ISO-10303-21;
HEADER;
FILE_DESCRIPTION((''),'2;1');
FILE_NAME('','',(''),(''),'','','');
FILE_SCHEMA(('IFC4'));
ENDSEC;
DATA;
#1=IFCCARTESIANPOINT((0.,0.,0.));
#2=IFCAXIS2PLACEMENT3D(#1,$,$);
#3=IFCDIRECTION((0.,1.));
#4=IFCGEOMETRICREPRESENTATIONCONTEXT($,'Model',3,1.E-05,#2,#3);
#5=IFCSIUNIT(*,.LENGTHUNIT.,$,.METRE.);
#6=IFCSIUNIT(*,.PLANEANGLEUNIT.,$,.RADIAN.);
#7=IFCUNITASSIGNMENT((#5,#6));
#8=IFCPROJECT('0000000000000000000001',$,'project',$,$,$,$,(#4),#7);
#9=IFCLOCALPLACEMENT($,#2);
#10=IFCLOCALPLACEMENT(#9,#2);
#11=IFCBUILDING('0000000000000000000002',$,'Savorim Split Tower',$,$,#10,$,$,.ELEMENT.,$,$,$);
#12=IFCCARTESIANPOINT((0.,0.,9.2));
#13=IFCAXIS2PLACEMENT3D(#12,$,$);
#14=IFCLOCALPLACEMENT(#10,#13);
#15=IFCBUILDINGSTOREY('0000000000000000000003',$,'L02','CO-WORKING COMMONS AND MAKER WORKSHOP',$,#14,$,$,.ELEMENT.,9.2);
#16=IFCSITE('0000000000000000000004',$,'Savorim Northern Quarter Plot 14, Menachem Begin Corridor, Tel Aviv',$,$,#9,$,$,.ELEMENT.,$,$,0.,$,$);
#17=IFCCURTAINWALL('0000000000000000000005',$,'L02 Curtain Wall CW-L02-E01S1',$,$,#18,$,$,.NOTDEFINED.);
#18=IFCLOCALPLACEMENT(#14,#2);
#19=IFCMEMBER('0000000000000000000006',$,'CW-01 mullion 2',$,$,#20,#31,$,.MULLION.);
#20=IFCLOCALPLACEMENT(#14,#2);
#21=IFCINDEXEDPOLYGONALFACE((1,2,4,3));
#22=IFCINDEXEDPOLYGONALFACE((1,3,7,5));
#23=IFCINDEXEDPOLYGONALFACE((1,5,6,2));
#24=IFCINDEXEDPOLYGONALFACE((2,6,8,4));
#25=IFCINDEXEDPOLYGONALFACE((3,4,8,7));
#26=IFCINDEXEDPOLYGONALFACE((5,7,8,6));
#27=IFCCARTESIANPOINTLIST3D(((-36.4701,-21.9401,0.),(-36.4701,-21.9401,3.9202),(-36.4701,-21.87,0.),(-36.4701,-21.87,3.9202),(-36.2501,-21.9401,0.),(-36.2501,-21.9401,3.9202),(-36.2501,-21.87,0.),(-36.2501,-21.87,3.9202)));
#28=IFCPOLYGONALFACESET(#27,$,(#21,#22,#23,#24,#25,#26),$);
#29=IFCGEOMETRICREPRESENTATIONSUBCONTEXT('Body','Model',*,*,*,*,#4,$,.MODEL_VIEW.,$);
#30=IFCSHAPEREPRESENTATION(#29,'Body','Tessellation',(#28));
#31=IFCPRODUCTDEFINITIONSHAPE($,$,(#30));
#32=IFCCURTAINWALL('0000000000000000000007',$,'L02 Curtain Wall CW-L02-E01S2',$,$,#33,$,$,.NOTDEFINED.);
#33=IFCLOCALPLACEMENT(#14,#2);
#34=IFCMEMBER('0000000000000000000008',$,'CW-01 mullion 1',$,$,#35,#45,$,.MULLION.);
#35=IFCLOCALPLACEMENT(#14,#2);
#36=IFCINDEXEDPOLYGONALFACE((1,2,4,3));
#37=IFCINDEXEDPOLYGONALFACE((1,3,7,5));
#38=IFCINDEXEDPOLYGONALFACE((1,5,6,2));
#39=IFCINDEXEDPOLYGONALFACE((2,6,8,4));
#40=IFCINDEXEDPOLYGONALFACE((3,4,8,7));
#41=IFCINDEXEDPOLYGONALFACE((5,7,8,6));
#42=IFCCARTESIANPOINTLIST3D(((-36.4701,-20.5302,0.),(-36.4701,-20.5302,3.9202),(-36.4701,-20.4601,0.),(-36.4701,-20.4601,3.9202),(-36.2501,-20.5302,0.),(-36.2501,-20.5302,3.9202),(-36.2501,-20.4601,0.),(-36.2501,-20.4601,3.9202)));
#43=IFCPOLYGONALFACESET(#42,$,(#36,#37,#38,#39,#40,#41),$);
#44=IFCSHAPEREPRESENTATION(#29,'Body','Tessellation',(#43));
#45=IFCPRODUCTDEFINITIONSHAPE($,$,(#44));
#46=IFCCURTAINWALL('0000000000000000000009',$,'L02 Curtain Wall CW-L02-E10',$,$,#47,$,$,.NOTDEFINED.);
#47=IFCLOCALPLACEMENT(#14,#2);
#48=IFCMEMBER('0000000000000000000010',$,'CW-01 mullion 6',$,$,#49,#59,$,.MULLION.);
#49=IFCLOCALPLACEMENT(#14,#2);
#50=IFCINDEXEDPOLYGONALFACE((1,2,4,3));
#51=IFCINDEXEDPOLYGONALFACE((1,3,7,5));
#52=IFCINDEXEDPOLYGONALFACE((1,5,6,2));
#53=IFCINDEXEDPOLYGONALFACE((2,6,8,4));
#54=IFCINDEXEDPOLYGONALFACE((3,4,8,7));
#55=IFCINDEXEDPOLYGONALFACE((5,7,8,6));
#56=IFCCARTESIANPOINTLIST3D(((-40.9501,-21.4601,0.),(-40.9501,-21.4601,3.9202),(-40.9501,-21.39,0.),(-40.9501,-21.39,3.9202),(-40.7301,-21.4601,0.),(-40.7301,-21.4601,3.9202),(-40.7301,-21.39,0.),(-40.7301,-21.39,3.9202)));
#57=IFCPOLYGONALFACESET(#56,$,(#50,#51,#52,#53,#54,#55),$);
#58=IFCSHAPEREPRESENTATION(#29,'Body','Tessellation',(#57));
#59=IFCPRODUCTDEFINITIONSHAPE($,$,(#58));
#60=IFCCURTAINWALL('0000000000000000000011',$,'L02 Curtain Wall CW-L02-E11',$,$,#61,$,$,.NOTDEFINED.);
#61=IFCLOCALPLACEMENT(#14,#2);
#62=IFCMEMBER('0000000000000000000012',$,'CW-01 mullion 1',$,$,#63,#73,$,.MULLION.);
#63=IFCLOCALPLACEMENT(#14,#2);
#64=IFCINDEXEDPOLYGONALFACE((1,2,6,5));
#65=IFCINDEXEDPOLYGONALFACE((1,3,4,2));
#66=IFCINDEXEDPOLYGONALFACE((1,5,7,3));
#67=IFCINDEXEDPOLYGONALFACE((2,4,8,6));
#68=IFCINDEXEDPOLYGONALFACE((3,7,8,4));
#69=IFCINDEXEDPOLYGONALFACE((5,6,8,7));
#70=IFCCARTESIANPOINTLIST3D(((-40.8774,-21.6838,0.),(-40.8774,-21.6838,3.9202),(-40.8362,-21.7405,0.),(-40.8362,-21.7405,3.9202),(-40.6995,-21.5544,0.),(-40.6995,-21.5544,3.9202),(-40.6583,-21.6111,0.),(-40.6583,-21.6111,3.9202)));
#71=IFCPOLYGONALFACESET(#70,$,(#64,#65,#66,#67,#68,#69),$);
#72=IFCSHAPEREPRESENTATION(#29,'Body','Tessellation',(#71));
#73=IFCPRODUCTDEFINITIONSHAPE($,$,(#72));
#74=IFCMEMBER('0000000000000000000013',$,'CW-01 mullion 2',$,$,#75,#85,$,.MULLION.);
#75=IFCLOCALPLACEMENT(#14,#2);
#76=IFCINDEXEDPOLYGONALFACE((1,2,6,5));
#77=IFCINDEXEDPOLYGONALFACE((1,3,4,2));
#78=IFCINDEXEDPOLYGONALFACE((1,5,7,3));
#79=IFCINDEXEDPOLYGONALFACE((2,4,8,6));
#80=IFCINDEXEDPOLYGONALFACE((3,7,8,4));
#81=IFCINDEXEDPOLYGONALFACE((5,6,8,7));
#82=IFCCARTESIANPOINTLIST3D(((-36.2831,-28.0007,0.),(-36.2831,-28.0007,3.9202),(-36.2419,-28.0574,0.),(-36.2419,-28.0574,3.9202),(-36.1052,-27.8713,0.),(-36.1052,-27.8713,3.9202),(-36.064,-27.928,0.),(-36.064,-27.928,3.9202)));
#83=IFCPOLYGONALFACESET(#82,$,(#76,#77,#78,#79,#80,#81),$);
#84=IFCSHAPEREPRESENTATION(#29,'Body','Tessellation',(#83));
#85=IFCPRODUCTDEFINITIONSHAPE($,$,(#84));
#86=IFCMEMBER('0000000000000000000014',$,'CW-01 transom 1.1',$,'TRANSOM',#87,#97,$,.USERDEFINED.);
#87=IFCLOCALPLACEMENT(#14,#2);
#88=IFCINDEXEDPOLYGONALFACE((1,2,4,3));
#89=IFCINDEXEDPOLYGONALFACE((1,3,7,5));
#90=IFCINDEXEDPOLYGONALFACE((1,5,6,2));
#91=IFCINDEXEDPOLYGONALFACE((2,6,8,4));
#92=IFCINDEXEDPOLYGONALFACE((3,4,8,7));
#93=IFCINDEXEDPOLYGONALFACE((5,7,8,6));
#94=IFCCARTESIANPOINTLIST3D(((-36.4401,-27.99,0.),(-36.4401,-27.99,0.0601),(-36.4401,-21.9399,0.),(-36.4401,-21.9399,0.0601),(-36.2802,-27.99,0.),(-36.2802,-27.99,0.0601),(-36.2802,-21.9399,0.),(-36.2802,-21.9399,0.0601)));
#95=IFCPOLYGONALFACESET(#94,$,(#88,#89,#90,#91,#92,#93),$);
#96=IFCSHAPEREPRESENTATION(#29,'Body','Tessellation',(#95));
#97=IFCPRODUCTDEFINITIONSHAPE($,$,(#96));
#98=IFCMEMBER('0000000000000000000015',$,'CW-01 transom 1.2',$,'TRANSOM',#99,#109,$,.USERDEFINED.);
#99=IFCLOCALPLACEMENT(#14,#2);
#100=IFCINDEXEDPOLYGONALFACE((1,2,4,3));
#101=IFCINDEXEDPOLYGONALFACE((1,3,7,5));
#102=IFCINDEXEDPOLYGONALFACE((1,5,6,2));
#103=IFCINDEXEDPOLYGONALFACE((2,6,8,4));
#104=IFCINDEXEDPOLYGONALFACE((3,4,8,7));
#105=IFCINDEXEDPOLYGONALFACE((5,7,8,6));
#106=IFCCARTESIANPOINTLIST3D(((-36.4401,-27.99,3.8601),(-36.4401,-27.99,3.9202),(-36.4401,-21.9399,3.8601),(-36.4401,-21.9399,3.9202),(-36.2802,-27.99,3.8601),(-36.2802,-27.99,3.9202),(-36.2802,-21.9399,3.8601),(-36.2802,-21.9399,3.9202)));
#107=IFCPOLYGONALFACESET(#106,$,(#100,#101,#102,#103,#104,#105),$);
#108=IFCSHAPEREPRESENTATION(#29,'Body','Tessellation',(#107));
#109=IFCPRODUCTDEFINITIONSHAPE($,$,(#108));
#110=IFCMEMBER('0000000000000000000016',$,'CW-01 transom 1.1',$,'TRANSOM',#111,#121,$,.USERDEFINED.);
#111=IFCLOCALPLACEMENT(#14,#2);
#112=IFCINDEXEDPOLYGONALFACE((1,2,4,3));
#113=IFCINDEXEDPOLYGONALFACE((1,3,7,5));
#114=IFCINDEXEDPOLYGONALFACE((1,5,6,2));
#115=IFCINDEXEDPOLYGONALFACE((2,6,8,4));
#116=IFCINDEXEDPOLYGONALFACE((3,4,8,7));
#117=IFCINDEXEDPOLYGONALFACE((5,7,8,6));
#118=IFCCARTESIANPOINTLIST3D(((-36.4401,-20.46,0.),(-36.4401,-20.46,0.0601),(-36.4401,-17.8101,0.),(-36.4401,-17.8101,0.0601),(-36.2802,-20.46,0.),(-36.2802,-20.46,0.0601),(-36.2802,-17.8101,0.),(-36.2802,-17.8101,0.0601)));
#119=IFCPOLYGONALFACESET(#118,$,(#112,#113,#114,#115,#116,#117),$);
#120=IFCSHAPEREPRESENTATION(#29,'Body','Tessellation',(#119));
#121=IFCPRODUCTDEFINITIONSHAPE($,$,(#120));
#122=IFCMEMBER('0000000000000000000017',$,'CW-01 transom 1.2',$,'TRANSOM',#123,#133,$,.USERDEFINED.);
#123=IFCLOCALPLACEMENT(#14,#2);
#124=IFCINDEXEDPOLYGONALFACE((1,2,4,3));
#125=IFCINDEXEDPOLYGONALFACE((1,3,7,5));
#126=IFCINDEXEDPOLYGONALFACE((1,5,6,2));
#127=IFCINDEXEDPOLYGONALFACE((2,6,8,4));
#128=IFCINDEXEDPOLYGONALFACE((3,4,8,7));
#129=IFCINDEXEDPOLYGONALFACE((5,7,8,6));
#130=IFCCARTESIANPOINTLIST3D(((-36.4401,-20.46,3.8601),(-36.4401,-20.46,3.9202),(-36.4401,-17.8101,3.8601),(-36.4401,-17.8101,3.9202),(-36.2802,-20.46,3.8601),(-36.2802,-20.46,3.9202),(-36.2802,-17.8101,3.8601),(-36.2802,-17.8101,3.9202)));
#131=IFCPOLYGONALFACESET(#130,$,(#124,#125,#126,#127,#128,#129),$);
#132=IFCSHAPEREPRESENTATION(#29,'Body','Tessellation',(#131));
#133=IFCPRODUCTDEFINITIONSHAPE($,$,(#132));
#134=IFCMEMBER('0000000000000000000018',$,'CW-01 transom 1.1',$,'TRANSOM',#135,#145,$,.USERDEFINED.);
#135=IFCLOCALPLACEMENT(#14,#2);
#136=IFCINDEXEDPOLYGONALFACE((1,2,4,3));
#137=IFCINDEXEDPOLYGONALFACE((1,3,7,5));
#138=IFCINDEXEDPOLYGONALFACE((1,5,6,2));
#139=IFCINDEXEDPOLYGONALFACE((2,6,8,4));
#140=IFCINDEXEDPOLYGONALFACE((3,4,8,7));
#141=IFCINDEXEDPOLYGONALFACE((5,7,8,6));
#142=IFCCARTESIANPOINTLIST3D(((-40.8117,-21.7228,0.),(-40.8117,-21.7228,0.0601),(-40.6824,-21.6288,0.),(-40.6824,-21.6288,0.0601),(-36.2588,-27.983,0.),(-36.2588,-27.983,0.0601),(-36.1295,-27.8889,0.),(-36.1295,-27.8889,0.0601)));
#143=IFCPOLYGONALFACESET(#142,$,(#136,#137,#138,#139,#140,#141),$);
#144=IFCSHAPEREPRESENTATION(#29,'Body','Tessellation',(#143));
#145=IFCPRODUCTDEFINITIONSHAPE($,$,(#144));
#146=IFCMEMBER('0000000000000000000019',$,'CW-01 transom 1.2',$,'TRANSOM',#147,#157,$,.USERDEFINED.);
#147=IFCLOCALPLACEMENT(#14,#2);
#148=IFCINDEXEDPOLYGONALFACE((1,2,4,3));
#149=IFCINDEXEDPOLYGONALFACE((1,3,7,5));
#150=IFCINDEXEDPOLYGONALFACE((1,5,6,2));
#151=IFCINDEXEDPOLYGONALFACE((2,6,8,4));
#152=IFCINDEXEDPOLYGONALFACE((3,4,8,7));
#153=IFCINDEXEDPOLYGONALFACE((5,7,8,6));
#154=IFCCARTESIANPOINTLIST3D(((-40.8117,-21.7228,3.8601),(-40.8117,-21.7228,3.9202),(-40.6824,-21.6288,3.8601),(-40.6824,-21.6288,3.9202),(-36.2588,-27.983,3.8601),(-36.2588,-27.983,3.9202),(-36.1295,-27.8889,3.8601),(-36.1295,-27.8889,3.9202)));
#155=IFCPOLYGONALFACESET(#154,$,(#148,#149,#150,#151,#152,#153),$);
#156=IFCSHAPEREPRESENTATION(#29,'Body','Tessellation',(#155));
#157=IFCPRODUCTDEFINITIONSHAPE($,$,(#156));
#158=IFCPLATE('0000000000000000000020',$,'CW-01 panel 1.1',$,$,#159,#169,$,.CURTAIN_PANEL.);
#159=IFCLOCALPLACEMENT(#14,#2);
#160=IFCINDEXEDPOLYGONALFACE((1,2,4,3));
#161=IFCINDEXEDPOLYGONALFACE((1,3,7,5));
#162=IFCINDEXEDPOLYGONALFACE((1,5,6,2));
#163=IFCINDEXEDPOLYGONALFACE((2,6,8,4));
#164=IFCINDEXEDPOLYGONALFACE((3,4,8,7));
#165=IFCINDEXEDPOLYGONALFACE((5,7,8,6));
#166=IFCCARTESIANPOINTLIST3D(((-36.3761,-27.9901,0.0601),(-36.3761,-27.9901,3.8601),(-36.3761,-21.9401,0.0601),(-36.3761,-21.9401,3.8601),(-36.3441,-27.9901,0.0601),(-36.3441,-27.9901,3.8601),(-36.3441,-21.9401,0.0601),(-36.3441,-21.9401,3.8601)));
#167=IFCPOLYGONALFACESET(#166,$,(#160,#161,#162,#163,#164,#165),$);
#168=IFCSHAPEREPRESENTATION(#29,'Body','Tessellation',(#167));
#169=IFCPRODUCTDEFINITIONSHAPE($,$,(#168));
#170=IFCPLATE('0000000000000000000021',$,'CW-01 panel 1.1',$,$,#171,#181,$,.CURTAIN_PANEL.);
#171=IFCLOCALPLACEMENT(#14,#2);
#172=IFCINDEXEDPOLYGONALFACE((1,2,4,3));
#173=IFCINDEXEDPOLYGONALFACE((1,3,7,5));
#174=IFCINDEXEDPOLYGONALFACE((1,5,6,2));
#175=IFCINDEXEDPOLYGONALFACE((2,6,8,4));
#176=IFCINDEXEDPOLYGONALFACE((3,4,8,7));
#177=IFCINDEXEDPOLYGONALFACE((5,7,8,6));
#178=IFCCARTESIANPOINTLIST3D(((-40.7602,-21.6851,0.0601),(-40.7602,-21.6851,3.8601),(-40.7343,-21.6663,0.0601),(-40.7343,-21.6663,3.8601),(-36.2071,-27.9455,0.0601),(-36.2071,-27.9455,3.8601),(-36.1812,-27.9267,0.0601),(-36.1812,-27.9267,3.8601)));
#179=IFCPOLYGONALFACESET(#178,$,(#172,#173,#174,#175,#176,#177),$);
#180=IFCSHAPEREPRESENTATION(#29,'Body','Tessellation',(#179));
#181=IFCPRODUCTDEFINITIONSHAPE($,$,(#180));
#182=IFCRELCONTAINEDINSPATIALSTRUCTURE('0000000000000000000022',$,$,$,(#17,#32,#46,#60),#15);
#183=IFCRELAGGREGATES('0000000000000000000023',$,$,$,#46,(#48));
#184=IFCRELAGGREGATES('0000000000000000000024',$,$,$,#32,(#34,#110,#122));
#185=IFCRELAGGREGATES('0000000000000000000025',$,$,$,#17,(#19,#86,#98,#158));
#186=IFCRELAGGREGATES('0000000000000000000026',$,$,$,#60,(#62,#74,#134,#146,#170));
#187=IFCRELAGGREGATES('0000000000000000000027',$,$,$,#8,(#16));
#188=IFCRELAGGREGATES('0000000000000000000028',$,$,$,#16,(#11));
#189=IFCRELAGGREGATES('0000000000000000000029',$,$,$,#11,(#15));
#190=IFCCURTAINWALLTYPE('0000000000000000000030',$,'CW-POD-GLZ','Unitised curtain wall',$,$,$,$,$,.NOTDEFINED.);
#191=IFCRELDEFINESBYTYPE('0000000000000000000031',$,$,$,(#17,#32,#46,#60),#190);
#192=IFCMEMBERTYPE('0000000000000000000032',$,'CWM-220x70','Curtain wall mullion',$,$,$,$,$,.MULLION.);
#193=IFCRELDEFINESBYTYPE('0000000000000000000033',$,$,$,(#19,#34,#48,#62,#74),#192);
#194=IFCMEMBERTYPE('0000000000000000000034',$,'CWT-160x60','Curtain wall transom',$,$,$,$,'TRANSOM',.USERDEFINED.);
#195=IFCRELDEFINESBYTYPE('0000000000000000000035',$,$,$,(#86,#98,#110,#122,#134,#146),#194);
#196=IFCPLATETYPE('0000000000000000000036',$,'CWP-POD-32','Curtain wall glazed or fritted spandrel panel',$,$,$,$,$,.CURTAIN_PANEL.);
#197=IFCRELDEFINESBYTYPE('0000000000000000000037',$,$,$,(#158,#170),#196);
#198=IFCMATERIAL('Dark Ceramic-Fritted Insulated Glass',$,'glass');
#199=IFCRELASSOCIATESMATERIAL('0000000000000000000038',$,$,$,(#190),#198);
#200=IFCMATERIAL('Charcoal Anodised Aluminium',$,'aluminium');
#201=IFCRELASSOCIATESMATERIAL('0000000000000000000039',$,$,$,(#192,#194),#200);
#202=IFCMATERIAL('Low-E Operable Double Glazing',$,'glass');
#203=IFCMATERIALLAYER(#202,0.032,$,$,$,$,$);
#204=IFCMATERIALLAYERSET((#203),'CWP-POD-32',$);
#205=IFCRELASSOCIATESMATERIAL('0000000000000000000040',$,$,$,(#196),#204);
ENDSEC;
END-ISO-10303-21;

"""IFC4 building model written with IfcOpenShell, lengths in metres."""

from ifc_helpers import new_model, si_unit, direction, frame, origin, origin_2d, place, context, subcontext, project, spatial, rectangle, extrude, material, layer, layer_set, material_profile, profile_set, type_object, element, aggregate, save


model = new_model("IFC4")

# Units and contexts
model_context = context("Model", 3, precision=1e-05, world=origin(), true_north=direction((0.0, 1.0)))
body_context = subcontext(model_context, "Body", "Model", "MODEL_VIEW")
ifc_project = project(units=[si_unit("LENGTHUNIT", "METRE"), si_unit("PLANEANGLEUNIT", "RADIAN")], contexts=[model_context])

# Site, building, storey
site_placement = place(None, origin())
site = spatial("IfcSite", under=ifc_project, at=site_placement, Name="Savorim Northern Quarter Plot 14, Menachem Begin Corridor, Tel Aviv", CompositionType="ELEMENT", RefElevation=0.0)
building_placement = place(site_placement, origin())
building = spatial("IfcBuilding", under=site, at=building_placement, Name="Savorim Split Tower", CompositionType="ELEMENT")
storey_placement = place(building_placement, frame((0.0, 0.0, 9.2)))
storey = spatial("IfcBuildingStorey", under=building, at=storey_placement, Name="L02", Description="CO-WORKING COMMONS AND MAKER WORKSHOP", CompositionType="ELEMENT", Elevation=9.2)

# Curtain wall, member
ifc_material_1 = material(Name="Dark Ceramic-Fritted Insulated Glass", Category="glass")
curtain_wall_type = type_object("IfcCurtainWallType", Name="CW-POD-GLZ", Description="Unitised curtain wall", PredefinedType="NOTDEFINED", material=ifc_material_1)
curtain_wall_1_placement = place(storey_placement, origin())
curtain_wall_1 = element("IfcCurtainWall", 1, at=curtain_wall_1_placement, inside=storey, type_object=curtain_wall_type, Name="L02 Curtain Wall CW-L02-E01S1", PredefinedType="NOTDEFINED")
ifc_material_2 = material(Name="Charcoal Anodised Aluminium", Category="aluminium")
ifc_material_profile_1 = material_profile(ifc_material_2, rectangle(XDim=0.22, YDim=0.0701, at=origin_2d()), Name="ALU-M 220x70")
ifc_profile_set_1 = profile_set([ifc_material_profile_1], Name="Charcoal Anodised Aluminium")
member_type_1 = type_object("IfcMemberType", Name="CWM-220x70", Description="Curtain wall mullion", PredefinedType="MULLION", material=ifc_profile_set_1)
member_1_placement = place(storey_placement, frame((-36.3601, -21.905, 0.0), z_axis=(0.0, 0.0, 1.0), x_axis=(-1.0, 0.0, 0.0)))
member_1 = element("IfcMember", 2, at=member_1_placement, type_object=member_type_1, Name="CW-01 mullion 2", PredefinedType="MULLION", context=body_context, shape_type="SweptSolid", body=[
    extrude(rectangle(XDim=0.22, YDim=0.0701, at=origin_2d()), origin(), (0.0, 0.0, 1.0), 3.9202),
])

# Curtain walls, members
curtain_wall_2_placement = place(storey_placement, origin())
curtain_wall_2 = element("IfcCurtainWall", 3, at=curtain_wall_2_placement, inside=storey, type_object=curtain_wall_type, Name="L02 Curtain Wall CW-L02-E01S2", PredefinedType="NOTDEFINED")
member_2_placement = place(storey_placement, frame((-36.3601, -20.4951, 0.0), z_axis=(0.0, 0.0, 1.0), x_axis=(-1.0, 0.0, 0.0)))
member_2 = element("IfcMember", 4, at=member_2_placement, type_object=member_type_1, Name="CW-01 mullion 1", PredefinedType="MULLION", context=body_context, shape_type="SweptSolid", body=[
    extrude(rectangle(XDim=0.22, YDim=0.0701, at=origin_2d()), origin(), (0.0, 0.0, 1.0), 3.9202),
])
curtain_wall_3_placement = place(storey_placement, origin())
curtain_wall_3 = element("IfcCurtainWall", 5, at=curtain_wall_3_placement, inside=storey, type_object=curtain_wall_type, Name="L02 Curtain Wall CW-L02-E10", PredefinedType="NOTDEFINED")
member_3_placement = place(storey_placement, frame((-40.8401, -21.425, 0.0), z_axis=(0.0, 0.0, 1.0), x_axis=(1.0, 0.0, 0.0)))
member_3 = element("IfcMember", 6, at=member_3_placement, type_object=member_type_1, Name="CW-01 mullion 6", PredefinedType="MULLION", context=body_context, shape_type="SweptSolid", body=[
    extrude(rectangle(XDim=0.22, YDim=0.0701, at=origin_2d()), origin(), (0.0, 0.0, 1.0), 3.9202),
])
aggregate(curtain_wall_3, [member_3])

# Curtain wall, members
curtain_wall_4_placement = place(storey_placement, origin())
curtain_wall_4 = element("IfcCurtainWall", 7, at=curtain_wall_4_placement, inside=storey, type_object=curtain_wall_type, Name="L02 Curtain Wall CW-L02-E11", PredefinedType="NOTDEFINED")
member_4_placement = place(storey_placement, frame((-40.7678, -21.6475, 0.0), z_axis=(0.0, 0.0, 1.0), x_axis=(0.808733, 0.588176, 0.0)))
member_4 = element("IfcMember", 8, at=member_4_placement, type_object=member_type_1, Name="CW-01 mullion 1", PredefinedType="MULLION", context=body_context, shape_type="SweptSolid", body=[
    extrude(rectangle(XDim=0.22, YDim=0.0701, at=origin_2d()), origin(), (0.0, 0.0, 1.0), 3.9202),
])
member_5_placement = place(storey_placement, frame((-36.1736, -27.9644, 0.0), z_axis=(0.0, 0.0, 1.0), x_axis=(0.808733, 0.588176, 0.0)))
member_5 = element("IfcMember", 9, at=member_5_placement, type_object=member_type_1, Name="CW-01 mullion 2", PredefinedType="MULLION", context=body_context, shape_type="SweptSolid", body=[
    extrude(rectangle(XDim=0.22, YDim=0.0701, at=origin_2d()), origin(), (0.0, 0.0, 1.0), 3.9202),
])

# Members
ifc_material_profile_2 = material_profile(ifc_material_2, rectangle(XDim=0.1599, YDim=0.0601, at=origin_2d()), Name="ALU-T 160x60")
ifc_profile_set_2 = profile_set([ifc_material_profile_2], Name="Charcoal Anodised Aluminium")
member_type_2 = type_object("IfcMemberType", Name="CWT-160x60", Description="Curtain wall transom", ElementType="TRANSOM", PredefinedType="USERDEFINED", material=ifc_profile_set_2)
member_6_placement = place(storey_placement, frame((-36.3601, -27.99, 0.03), z_axis=(0.0, 1.0, 0.0), x_axis=(-1.0, 0.0, 0.0)))
member_6 = element("IfcMember", 10, at=member_6_placement, type_object=member_type_2, Name="CW-01 transom 1.1", ObjectType="TRANSOM", PredefinedType="USERDEFINED", context=body_context, shape_type="SweptSolid", body=[
    extrude(rectangle(XDim=0.1599, YDim=0.0601, at=origin_2d()), origin(), (0.0, 0.0, 1.0), 6.05),
])
member_7_placement = place(storey_placement, frame((-36.3601, -27.99, 3.8901), z_axis=(0.0, 1.0, 0.0), x_axis=(-1.0, 0.0, 0.0)))
member_7 = element("IfcMember", 11, at=member_7_placement, type_object=member_type_2, Name="CW-01 transom 1.2", ObjectType="TRANSOM", PredefinedType="USERDEFINED", context=body_context, shape_type="SweptSolid", body=[
    extrude(rectangle(XDim=0.1599, YDim=0.0601, at=origin_2d()), origin(), (0.0, 0.0, 1.0), 6.05),
])
member_8_placement = place(storey_placement, frame((-36.3601, -20.46, 0.03), z_axis=(0.0, 1.0, 0.0), x_axis=(-1.0, 0.0, 0.0)))
member_8 = element("IfcMember", 12, at=member_8_placement, type_object=member_type_2, Name="CW-01 transom 1.1", ObjectType="TRANSOM", PredefinedType="USERDEFINED", context=body_context, shape_type="SweptSolid", body=[
    extrude(rectangle(XDim=0.1599, YDim=0.0601, at=origin_2d()), origin(), (0.0, 0.0, 1.0), 2.6499),
])
member_9_placement = place(storey_placement, frame((-36.3601, -20.46, 3.8901), z_axis=(0.0, 1.0, 0.0), x_axis=(-1.0, 0.0, 0.0)))
member_9 = element("IfcMember", 13, at=member_9_placement, type_object=member_type_2, Name="CW-01 transom 1.2", ObjectType="TRANSOM", PredefinedType="USERDEFINED", context=body_context, shape_type="SweptSolid", body=[
    extrude(rectangle(XDim=0.1599, YDim=0.0601, at=origin_2d()), origin(), (0.0, 0.0, 1.0), 2.6499),
])
aggregate(curtain_wall_2, [member_2, member_8, member_9])
member_10_placement = place(storey_placement, frame((-40.7471, -21.6758, 0.03), z_axis=(0.588177, -0.808732, 0.0), x_axis=(0.808732, 0.588177, 0.0)))
member_10 = element("IfcMember", 14, at=member_10_placement, type_object=member_type_2, Name="CW-01 transom 1.1", ObjectType="TRANSOM", PredefinedType="USERDEFINED", context=body_context, shape_type="SweptSolid", body=[
    extrude(rectangle(XDim=0.1599, YDim=0.0601, at=origin_2d()), origin(), (0.0, 0.0, 1.0), 7.7407),
])
member_11_placement = place(storey_placement, frame((-40.7471, -21.6758, 3.8901), z_axis=(0.588177, -0.808732, 0.0), x_axis=(0.808732, 0.588177, 0.0)))
member_11 = element("IfcMember", 15, at=member_11_placement, type_object=member_type_2, Name="CW-01 transom 1.2", ObjectType="TRANSOM", PredefinedType="USERDEFINED", context=body_context, shape_type="SweptSolid", body=[
    extrude(rectangle(XDim=0.1599, YDim=0.0601, at=origin_2d()), origin(), (0.0, 0.0, 1.0), 7.7407),
])

# Plates
ifc_material_3 = material(Name="Low-E Operable Double Glazing", Category="glass")
ifc_layer = layer(ifc_material_3, 0.032)
ifc_layer_set = layer_set([ifc_layer], Name="CWP-POD-32")
plate_type = type_object("IfcPlateType", Name="CWP-POD-32", Description="Curtain wall glazed or fritted spandrel panel", PredefinedType="CURTAIN_PANEL", material=ifc_layer_set)
plate_1_placement = place(storey_placement, frame((-36.3601, -24.9651, 0.0601), z_axis=(0.0, 0.0, 1.0), x_axis=(0.0, 1.0, 0.0)))
plate_1 = element("IfcPlate", 16, at=plate_1_placement, type_object=plate_type, Name="CW-01 panel 1.1", PredefinedType="CURTAIN_PANEL", context=body_context, shape_type="SweptSolid", body=[
    extrude(rectangle(XDim=6.05, YDim=0.032, at=origin_2d()), origin(), (0.0, 0.0, 1.0), 3.8),
])
aggregate(curtain_wall_1, [member_1, member_6, member_7, plate_1])
plate_2_placement = place(storey_placement, frame((-38.4707, -24.8059, 0.0601), z_axis=(0.0, 0.0, 1.0), x_axis=(0.588176, -0.808733, 0.0)))
plate_2 = element("IfcPlate", 17, at=plate_2_placement, type_object=plate_type, Name="CW-01 panel 1.1", PredefinedType="CURTAIN_PANEL", context=body_context, shape_type="SweptSolid", body=[
    extrude(rectangle(XDim=7.741, YDim=0.032, at=origin_2d()), origin(), (0.0, 0.0, 1.0), 3.8),
])
aggregate(curtain_wall_4, [member_4, member_5, member_10, member_11, plate_2])

save(model, "model.ifc")
